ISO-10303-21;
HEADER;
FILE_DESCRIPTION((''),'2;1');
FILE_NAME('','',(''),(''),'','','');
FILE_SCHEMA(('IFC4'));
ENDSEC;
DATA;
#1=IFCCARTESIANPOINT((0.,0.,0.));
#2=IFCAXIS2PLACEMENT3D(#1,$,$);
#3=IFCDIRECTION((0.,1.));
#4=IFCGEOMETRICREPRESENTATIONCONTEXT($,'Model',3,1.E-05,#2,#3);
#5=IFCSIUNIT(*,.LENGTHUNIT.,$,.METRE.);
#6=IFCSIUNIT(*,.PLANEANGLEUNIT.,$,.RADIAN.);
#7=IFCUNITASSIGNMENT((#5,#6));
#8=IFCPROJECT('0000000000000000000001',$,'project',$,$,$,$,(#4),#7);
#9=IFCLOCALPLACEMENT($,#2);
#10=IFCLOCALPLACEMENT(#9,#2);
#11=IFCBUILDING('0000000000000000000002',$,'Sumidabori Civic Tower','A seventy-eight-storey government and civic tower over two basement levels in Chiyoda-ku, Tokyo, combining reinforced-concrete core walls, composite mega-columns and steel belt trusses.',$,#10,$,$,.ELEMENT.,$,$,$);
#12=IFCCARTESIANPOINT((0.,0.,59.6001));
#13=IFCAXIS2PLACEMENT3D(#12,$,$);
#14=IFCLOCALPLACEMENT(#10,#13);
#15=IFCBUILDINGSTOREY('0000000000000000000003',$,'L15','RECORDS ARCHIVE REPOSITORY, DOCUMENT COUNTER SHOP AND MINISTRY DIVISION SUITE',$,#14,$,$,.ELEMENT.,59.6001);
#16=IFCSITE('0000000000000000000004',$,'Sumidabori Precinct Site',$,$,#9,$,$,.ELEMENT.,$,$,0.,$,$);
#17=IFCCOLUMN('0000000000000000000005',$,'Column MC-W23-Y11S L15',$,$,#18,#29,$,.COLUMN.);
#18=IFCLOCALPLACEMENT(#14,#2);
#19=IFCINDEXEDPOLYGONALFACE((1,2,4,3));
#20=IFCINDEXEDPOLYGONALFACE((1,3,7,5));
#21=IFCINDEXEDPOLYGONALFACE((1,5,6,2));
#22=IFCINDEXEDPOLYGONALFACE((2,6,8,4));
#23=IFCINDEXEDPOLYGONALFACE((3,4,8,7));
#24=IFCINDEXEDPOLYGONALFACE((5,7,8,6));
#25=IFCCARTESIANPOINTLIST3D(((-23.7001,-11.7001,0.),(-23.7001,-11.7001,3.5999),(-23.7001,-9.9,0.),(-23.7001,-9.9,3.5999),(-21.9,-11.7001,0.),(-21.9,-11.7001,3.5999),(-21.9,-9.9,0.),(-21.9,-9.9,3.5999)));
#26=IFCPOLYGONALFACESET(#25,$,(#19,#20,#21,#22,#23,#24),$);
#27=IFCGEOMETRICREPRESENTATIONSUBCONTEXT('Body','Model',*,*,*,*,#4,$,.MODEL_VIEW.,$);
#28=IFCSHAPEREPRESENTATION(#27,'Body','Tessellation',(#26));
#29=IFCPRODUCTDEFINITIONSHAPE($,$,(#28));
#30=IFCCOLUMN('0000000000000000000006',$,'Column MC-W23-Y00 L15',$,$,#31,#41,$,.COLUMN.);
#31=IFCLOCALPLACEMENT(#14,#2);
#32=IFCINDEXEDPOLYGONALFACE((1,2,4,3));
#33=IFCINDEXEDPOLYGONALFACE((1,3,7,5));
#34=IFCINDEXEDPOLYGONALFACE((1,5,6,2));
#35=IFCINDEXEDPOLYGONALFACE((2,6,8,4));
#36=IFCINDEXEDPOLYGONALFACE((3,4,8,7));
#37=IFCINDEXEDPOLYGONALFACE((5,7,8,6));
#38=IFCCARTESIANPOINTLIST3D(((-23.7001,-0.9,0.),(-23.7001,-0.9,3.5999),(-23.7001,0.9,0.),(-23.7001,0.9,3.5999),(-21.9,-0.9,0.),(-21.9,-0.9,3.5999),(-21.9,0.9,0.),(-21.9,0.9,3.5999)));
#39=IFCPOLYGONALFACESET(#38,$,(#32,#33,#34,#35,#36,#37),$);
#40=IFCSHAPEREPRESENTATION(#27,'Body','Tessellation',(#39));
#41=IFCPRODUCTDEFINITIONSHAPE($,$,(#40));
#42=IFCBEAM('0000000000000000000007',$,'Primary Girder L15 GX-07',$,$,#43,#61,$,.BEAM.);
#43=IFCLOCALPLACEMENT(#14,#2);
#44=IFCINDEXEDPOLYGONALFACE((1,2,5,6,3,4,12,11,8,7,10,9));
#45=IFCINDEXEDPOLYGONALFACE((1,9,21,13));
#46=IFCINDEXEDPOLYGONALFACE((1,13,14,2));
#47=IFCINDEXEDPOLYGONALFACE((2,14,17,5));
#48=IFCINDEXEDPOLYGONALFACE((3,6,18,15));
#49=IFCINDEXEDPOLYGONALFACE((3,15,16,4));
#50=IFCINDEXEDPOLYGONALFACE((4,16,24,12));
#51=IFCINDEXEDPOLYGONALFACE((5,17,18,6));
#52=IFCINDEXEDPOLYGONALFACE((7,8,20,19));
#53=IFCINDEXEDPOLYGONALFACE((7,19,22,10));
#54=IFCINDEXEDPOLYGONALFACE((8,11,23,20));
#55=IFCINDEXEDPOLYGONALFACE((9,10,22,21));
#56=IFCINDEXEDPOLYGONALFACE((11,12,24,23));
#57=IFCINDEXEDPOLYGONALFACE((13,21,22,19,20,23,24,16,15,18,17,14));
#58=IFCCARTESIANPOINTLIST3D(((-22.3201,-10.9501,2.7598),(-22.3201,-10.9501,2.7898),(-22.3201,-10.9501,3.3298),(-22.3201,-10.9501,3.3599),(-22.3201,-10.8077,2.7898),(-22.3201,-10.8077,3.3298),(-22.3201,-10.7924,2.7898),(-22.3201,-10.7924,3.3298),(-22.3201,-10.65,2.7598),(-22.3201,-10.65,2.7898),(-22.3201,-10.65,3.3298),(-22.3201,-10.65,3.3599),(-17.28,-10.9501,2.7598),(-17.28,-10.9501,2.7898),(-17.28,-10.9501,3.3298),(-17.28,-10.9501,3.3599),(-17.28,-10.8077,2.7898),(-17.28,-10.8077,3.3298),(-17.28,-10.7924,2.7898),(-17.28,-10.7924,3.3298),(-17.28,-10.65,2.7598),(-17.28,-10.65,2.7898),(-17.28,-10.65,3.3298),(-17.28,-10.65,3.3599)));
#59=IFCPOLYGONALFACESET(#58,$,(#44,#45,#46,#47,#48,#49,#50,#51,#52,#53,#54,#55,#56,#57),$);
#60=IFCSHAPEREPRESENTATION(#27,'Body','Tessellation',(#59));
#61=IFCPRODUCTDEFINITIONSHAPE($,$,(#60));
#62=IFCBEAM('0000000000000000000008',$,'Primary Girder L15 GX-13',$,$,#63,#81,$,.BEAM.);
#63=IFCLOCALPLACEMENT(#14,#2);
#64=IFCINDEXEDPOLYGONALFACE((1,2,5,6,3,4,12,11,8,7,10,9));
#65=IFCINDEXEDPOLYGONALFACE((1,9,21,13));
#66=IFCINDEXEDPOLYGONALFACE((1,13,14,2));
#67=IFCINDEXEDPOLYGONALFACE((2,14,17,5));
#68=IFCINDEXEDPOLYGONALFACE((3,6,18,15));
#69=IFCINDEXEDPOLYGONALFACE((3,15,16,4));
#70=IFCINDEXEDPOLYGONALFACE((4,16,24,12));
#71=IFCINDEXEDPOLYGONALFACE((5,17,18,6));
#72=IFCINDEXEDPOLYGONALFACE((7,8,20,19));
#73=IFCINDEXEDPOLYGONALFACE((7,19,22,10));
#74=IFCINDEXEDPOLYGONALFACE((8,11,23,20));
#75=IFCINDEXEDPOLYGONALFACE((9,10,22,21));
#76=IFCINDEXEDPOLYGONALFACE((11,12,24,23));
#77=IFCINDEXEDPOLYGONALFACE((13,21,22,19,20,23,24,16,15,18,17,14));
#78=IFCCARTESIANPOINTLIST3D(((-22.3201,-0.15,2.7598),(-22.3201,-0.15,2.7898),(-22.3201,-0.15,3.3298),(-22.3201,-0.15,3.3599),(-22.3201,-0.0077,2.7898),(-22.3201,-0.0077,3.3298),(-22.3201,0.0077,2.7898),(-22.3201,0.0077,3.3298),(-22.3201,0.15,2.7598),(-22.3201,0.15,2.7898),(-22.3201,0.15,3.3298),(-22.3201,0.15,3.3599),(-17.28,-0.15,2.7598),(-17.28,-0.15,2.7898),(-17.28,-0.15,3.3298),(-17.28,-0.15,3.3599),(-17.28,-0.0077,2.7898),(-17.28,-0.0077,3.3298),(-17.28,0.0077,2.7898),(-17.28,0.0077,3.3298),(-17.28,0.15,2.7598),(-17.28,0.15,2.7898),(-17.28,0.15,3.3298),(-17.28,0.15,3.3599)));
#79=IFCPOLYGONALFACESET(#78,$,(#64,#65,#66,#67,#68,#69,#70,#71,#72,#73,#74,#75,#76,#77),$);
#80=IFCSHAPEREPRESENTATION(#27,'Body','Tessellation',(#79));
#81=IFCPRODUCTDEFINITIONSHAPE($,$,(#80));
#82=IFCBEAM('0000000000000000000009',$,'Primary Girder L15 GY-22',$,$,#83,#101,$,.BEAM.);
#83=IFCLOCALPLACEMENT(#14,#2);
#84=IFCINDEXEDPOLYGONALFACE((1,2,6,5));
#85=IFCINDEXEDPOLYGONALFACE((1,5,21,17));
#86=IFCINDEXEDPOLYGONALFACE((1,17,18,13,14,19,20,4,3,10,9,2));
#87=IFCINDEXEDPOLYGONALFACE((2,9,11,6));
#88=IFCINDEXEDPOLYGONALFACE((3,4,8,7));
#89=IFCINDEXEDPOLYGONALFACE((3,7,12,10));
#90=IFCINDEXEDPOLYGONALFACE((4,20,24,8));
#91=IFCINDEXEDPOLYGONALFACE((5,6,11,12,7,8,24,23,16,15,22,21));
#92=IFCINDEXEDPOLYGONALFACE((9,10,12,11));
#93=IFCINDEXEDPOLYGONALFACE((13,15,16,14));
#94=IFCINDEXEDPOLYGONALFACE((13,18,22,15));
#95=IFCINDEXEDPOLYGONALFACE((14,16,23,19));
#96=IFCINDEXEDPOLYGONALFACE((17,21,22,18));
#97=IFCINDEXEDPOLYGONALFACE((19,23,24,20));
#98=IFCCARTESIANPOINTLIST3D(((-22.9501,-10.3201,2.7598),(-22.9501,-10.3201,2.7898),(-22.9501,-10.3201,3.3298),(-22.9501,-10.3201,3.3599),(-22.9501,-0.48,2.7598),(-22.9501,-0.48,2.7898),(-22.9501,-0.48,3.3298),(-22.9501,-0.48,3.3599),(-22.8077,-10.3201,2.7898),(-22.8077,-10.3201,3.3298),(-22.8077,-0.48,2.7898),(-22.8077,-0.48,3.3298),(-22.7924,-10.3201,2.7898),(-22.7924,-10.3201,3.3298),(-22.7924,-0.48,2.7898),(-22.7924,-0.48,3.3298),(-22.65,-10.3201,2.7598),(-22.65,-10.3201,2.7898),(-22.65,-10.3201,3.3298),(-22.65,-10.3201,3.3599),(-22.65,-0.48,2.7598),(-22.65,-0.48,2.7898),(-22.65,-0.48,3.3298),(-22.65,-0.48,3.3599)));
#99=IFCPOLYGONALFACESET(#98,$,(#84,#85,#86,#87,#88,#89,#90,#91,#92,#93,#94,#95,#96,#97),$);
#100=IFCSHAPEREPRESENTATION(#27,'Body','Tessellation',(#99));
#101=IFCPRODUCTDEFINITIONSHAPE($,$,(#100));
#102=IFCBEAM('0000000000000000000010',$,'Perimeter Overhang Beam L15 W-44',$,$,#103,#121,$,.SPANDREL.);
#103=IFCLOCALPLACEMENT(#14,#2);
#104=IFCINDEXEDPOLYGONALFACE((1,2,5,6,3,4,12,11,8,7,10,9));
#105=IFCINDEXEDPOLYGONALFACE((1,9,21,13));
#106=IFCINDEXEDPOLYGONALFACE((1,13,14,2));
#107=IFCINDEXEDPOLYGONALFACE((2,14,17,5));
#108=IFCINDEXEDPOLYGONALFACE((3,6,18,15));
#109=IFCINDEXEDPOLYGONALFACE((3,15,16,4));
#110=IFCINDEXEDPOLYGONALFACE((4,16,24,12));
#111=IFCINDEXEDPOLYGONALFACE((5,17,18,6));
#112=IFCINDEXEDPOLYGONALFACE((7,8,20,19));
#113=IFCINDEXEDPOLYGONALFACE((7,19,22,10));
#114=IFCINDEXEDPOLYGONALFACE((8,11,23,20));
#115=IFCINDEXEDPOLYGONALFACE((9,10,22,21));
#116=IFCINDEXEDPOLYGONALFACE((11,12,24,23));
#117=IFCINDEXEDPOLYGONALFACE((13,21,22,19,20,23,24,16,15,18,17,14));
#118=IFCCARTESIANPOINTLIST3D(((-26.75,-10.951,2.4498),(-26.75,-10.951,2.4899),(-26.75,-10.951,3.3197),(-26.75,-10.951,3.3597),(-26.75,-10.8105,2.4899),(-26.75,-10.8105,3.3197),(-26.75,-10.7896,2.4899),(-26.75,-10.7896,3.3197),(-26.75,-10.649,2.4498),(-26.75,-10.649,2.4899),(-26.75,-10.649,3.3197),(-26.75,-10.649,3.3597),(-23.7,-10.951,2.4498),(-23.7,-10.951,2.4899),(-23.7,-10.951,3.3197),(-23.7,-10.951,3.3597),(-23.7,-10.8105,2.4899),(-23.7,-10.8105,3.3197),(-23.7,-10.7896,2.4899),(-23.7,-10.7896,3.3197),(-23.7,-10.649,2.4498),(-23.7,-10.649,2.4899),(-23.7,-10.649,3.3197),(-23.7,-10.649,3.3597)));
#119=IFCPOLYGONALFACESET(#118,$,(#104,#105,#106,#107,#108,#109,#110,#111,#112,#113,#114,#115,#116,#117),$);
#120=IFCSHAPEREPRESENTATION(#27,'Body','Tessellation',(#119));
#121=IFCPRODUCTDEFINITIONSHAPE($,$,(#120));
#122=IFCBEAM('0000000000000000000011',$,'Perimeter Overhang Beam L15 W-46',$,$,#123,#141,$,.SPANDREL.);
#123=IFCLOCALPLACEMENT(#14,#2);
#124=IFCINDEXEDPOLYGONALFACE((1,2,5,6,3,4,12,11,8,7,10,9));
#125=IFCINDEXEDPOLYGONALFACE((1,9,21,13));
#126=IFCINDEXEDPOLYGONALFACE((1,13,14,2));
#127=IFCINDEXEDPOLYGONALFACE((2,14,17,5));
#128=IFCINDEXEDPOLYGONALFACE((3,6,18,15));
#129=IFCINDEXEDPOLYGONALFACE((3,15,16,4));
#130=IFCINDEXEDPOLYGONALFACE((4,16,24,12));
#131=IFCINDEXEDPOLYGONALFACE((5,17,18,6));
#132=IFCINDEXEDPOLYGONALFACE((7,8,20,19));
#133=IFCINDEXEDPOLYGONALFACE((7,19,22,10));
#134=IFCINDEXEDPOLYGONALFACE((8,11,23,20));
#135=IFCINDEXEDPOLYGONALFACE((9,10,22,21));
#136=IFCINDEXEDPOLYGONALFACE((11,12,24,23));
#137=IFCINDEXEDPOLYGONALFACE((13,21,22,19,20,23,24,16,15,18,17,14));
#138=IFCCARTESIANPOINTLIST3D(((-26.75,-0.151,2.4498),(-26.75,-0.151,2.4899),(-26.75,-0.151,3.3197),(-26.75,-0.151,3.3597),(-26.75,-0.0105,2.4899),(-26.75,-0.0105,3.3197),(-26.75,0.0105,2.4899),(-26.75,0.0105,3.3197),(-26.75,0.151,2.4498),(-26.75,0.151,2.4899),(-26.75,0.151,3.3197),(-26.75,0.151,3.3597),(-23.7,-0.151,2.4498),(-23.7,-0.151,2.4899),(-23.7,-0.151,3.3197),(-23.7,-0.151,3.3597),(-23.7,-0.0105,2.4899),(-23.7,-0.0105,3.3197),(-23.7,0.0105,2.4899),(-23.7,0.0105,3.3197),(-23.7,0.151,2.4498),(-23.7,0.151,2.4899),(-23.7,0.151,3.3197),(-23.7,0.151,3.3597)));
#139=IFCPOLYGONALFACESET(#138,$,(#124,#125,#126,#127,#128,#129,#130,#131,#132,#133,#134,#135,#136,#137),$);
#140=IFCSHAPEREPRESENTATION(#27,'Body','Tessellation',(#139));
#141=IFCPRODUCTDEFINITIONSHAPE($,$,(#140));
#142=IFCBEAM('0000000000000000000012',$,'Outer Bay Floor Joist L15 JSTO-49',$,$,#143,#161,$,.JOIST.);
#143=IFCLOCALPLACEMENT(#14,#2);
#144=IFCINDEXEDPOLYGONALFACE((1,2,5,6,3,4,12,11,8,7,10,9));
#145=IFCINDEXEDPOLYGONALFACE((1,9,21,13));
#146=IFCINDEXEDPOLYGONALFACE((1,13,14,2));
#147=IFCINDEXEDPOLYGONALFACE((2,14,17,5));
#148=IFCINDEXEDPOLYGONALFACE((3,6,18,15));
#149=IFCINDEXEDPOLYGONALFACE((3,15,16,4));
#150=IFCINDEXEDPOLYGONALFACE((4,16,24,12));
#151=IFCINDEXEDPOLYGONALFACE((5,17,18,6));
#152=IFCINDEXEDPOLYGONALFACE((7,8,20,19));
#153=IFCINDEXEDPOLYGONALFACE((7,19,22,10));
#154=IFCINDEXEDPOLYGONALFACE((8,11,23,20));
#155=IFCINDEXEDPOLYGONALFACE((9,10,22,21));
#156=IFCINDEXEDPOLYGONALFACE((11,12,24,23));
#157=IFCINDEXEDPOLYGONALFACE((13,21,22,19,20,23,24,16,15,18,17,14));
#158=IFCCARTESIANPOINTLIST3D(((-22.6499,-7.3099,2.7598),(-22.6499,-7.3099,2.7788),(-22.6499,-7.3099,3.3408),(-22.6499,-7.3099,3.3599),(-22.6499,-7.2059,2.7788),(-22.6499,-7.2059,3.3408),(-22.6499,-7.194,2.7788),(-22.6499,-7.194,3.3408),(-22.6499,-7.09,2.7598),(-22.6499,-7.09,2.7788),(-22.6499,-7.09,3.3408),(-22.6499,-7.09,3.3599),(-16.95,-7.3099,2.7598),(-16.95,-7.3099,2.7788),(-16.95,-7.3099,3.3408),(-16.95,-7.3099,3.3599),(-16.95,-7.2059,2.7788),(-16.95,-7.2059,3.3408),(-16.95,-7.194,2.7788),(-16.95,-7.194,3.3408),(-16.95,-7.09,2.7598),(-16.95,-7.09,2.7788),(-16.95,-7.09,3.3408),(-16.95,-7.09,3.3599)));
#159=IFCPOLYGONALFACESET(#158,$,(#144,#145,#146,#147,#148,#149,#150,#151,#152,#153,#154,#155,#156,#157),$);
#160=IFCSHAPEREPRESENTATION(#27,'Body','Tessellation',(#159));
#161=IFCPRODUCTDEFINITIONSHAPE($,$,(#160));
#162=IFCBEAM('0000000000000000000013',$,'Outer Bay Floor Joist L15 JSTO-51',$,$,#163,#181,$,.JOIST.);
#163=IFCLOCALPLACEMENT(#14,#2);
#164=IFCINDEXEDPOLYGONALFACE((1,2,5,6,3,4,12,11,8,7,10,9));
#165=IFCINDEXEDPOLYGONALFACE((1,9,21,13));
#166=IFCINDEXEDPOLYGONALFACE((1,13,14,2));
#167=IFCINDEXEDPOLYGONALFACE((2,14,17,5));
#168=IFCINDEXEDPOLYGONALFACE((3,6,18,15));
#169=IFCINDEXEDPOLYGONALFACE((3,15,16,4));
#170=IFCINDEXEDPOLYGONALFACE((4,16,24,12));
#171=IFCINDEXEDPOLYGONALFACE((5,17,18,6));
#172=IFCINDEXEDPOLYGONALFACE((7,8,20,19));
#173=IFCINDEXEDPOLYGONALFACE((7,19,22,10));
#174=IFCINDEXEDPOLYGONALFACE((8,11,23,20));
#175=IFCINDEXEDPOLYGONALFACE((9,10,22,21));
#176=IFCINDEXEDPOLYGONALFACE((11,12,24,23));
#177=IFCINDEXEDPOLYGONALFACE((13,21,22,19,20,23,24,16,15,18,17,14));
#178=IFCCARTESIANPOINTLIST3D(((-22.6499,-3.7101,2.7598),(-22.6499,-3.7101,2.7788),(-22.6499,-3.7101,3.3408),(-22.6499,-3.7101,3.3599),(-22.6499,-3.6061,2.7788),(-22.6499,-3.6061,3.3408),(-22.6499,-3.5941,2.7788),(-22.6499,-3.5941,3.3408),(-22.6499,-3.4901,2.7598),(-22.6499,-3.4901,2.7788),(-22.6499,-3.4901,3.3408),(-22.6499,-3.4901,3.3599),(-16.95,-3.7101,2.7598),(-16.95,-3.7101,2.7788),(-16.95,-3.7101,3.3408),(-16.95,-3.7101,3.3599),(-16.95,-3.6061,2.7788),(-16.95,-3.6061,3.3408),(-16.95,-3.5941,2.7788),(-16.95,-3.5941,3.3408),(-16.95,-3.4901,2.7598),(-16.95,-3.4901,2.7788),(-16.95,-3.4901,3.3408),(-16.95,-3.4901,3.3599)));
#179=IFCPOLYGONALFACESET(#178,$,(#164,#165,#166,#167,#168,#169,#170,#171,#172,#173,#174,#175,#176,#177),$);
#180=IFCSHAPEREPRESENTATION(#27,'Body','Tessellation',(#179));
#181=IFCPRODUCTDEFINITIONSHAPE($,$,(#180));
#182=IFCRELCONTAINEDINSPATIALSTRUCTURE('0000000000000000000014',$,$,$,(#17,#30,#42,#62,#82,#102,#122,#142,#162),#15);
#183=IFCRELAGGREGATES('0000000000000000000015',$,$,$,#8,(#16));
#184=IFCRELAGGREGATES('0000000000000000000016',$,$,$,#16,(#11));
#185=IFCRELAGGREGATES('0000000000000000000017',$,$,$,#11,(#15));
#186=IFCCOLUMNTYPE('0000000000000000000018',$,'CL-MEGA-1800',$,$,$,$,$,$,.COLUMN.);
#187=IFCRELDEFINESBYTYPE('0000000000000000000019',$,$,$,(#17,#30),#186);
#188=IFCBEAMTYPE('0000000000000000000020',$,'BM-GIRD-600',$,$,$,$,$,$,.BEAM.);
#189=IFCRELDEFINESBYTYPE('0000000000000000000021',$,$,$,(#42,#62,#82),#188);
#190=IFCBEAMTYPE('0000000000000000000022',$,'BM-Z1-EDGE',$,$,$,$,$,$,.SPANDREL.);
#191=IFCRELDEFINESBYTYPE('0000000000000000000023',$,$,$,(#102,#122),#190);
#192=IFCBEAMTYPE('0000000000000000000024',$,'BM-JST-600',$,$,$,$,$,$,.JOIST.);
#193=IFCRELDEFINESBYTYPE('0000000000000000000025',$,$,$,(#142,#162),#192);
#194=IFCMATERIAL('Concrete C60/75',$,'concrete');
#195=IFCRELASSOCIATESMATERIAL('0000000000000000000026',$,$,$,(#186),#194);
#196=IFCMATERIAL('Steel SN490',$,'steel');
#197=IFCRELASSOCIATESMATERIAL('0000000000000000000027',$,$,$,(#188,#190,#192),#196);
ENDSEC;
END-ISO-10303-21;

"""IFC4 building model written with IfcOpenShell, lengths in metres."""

from ifc_helpers import new_model, si_unit, direction, frame, origin, origin_2d, place, context, subcontext, project, spatial, rectangle, i_section, extrude, source, transform, mapped, material, material_profile, profile_set, type_object, element, save


model = new_model("IFC4")

# Units and contexts
model_context = context("Model", 3, precision=1e-05, world=origin(), true_north=direction((0.0, 1.0)))
body_context = subcontext(model_context, "Body", "Model", "MODEL_VIEW")
ifc_project = project(units=[si_unit("LENGTHUNIT", "METRE"), si_unit("PLANEANGLEUNIT", "RADIAN")], contexts=[model_context])

# Site, building, storey
site_placement = place(None, origin())
site = spatial("IfcSite", under=ifc_project, at=site_placement, Name="Sumidabori Precinct Site", CompositionType="ELEMENT", RefElevation=0.0)
building_placement = place(site_placement, origin())
building = spatial("IfcBuilding", under=site, at=building_placement, Name="Sumidabori Civic Tower", Description="A seventy-eight-storey government and civic tower over two basement levels in Chiyoda-ku, Tokyo, combining reinforced-concrete core walls, composite mega-columns and steel belt trusses.", CompositionType="ELEMENT")
storey_placement = place(building_placement, frame((0.0, 0.0, 59.6001)))
storey = spatial("IfcBuildingStorey", under=building, at=storey_placement, Name="L15", Description="RECORDS ARCHIVE REPOSITORY, DOCUMENT COUNTER SHOP AND MINISTRY DIVISION SUITE", CompositionType="ELEMENT", Elevation=59.6001)

# Columns
ifc_material_1 = material(Name="Concrete C60/75", Category="concrete")
ifc_material_profile_1 = material_profile(ifc_material_1, rectangle(XDim=1.8, YDim=1.8, at=origin_2d()), Name="RC 1800x1800")
ifc_profile_set_1 = profile_set([ifc_material_profile_1], Name="Concrete C60/75")
column_type = type_object("IfcColumnType", Name="CL-MEGA-1800", PredefinedType="COLUMN", material=ifc_profile_set_1)
shared_shape_1 = source(origin(), body_context, "Body", "SweptSolid", [
    extrude(rectangle(XDim=1.8, YDim=1.8, at=origin_2d()), origin(), (0.0, 0.0, 1.0), 3.5999),
])
for number, where, z_axis, x_axis, name in (
    (1, (-22.8, -10.8, 0.0), (0.0, 0.0, 1.0), (1.0, 0.0, 0.0), "Column MC-W23-Y11S L15"),
    (2, (-22.8, 0.0, 0.0), (0.0, 0.0, 1.0), (1.0, 0.0, 0.0), "Column MC-W23-Y00 L15"),
):
    element("IfcColumn", number, at=place(storey_placement, frame(where, z_axis=z_axis, x_axis=x_axis)), inside=storey, type_object=column_type, Name=name, PredefinedType="COLUMN", context=body_context, shape_type="MappedRepresentation", body=[
        mapped(shared_shape_1, transform((0.0, 0.0, 0.0), x_axis=(1.0, 0.0, 0.0), y_axis=(0.0, 1.0, 0.0), z_axis=(0.0, 0.0, 1.0), scale=1.0)),
    ])

# Beams
ifc_material_2 = material(Name="Steel SN490", Category="steel")
ifc_material_profile_2 = material_profile(ifc_material_2, i_section(OverallWidth=0.3, OverallDepth=0.6001, WebThickness=0.0154, FlangeThickness=0.03, at=origin_2d()), Name="HE 600 B")
ifc_profile_set_2 = profile_set([ifc_material_profile_2], Name="Steel SN490")
beam_type_1 = type_object("IfcBeamType", Name="BM-GIRD-600", PredefinedType="BEAM", material=ifc_profile_set_2)
shared_shape_2 = source(origin(), body_context, "Body", "SweptSolid", [
    extrude(i_section(OverallWidth=0.3, OverallDepth=0.6001, WebThickness=0.0154, FlangeThickness=0.03, at=origin_2d()), origin(), (0.0, 0.0, 1.0), 5.04),
])
for number, where, z_axis, x_axis, name in (
    (3, (-22.3201, -10.8, 3.0598), (1.0, 0.0, 0.0), (0.0, 1.0, 0.0), "Primary Girder L15 GX-07"),
    (4, (-22.3201, 0.0, 3.0598), (1.0, 0.0, 0.0), (0.0, 1.0, 0.0), "Primary Girder L15 GX-13"),
):
    element("IfcBeam", number, at=place(storey_placement, frame(where, z_axis=z_axis, x_axis=x_axis)), inside=storey, type_object=beam_type_1, Name=name, PredefinedType="BEAM", context=body_context, shape_type="MappedRepresentation", body=[
        mapped(shared_shape_2, transform((0.0, 0.0, 0.0), x_axis=(1.0, 0.0, 0.0), y_axis=(0.0, 1.0, 0.0), z_axis=(0.0, 0.0, 1.0), scale=1.0)),
    ])
shared_shape_3 = source(origin(), body_context, "Body", "SweptSolid", [
    extrude(i_section(OverallWidth=0.3, OverallDepth=0.6001, WebThickness=0.0154, FlangeThickness=0.03, at=origin_2d()), origin(), (0.0, 0.0, 1.0), 9.8401),
])
beam_placement = place(storey_placement, frame((-22.8, -10.3201, 3.0598), z_axis=(0.0, 1.0, 0.0), x_axis=(-1.0, 0.0, 0.0)))
element("IfcBeam", 5, at=beam_placement, inside=storey, type_object=beam_type_1, Name="Primary Girder L15 GY-22", PredefinedType="BEAM", context=body_context, shape_type="MappedRepresentation", body=[
    mapped(shared_shape_3, transform((0.0, 0.0, 0.0), x_axis=(1.0, 0.0, 0.0), y_axis=(0.0, 1.0, 0.0), z_axis=(0.0, 0.0, 1.0), scale=1.0)),
])
ifc_material_profile_3 = material_profile(ifc_material_2, i_section(OverallWidth=0.302, OverallDepth=0.9099, WebThickness=0.021, FlangeThickness=0.04, at=origin_2d()), Name="HE 900 M")
ifc_profile_set_3 = profile_set([ifc_material_profile_3], Name="Steel SN490")
beam_type_2 = type_object("IfcBeamType", Name="BM-Z1-EDGE", PredefinedType="SPANDREL", material=ifc_profile_set_3)
shared_shape_4 = source(origin(), body_context, "Body", "SweptSolid", [
    extrude(i_section(OverallWidth=0.302, OverallDepth=0.9099, WebThickness=0.021, FlangeThickness=0.04, at=origin_2d()), origin(), (0.0, 0.0, 1.0), 3.05),
])
for number, where, z_axis, x_axis, name in (
    (6, (-26.75, -10.8, 2.9048), (1.0, 0.0, 0.0), (0.0, 1.0, 0.0), "Perimeter Overhang Beam L15 W-44"),
    (7, (-26.75, 0.0, 2.9048), (1.0, 0.0, 0.0), (0.0, 1.0, 0.0), "Perimeter Overhang Beam L15 W-46"),
):
    element("IfcBeam", number, at=place(storey_placement, frame(where, z_axis=z_axis, x_axis=x_axis)), inside=storey, type_object=beam_type_2, Name=name, PredefinedType="SPANDREL", context=body_context, shape_type="MappedRepresentation", body=[
        mapped(shared_shape_4, transform((0.0, 0.0, 0.0), x_axis=(1.0, 0.0, 0.0), y_axis=(0.0, 1.0, 0.0), z_axis=(0.0, 0.0, 1.0), scale=1.0)),
    ])
ifc_material_profile_4 = material_profile(ifc_material_2, i_section(OverallWidth=0.22, OverallDepth=0.6001, WebThickness=0.012, FlangeThickness=0.019, at=origin_2d()), Name="IPE 600")
ifc_profile_set_4 = profile_set([ifc_material_profile_4], Name="Steel SN490")
beam_type_3 = type_object("IfcBeamType", Name="BM-JST-600", PredefinedType="JOIST", material=ifc_profile_set_4)
shared_shape_5 = source(origin(), body_context, "Body", "SweptSolid", [
    extrude(i_section(OverallWidth=0.22, OverallDepth=0.6001, WebThickness=0.012, FlangeThickness=0.019, at=origin_2d()), origin(), (0.0, 0.0, 1.0), 5.7),
])
for number, where, z_axis, x_axis, name in (
    (8, (-22.6499, -7.2, 3.0598), (1.0, 0.0, 0.0), (0.0, 1.0, 0.0), "Outer Bay Floor Joist L15 JSTO-49"),
    (9, (-22.6499, -3.6001, 3.0598), (1.0, 0.0, 0.0), (0.0, 1.0, 0.0), "Outer Bay Floor Joist L15 JSTO-51"),
):
    element("IfcBeam", number, at=place(storey_placement, frame(where, z_axis=z_axis, x_axis=x_axis)), inside=storey, type_object=beam_type_3, Name=name, PredefinedType="JOIST", context=body_context, shape_type="MappedRepresentation", body=[
        mapped(shared_shape_5, transform((0.0, 0.0, 0.0), x_axis=(1.0, 0.0, 0.0), y_axis=(0.0, 1.0, 0.0), z_axis=(0.0, 0.0, 1.0), scale=1.0)),
    ])

save(model, "model.ifc")
